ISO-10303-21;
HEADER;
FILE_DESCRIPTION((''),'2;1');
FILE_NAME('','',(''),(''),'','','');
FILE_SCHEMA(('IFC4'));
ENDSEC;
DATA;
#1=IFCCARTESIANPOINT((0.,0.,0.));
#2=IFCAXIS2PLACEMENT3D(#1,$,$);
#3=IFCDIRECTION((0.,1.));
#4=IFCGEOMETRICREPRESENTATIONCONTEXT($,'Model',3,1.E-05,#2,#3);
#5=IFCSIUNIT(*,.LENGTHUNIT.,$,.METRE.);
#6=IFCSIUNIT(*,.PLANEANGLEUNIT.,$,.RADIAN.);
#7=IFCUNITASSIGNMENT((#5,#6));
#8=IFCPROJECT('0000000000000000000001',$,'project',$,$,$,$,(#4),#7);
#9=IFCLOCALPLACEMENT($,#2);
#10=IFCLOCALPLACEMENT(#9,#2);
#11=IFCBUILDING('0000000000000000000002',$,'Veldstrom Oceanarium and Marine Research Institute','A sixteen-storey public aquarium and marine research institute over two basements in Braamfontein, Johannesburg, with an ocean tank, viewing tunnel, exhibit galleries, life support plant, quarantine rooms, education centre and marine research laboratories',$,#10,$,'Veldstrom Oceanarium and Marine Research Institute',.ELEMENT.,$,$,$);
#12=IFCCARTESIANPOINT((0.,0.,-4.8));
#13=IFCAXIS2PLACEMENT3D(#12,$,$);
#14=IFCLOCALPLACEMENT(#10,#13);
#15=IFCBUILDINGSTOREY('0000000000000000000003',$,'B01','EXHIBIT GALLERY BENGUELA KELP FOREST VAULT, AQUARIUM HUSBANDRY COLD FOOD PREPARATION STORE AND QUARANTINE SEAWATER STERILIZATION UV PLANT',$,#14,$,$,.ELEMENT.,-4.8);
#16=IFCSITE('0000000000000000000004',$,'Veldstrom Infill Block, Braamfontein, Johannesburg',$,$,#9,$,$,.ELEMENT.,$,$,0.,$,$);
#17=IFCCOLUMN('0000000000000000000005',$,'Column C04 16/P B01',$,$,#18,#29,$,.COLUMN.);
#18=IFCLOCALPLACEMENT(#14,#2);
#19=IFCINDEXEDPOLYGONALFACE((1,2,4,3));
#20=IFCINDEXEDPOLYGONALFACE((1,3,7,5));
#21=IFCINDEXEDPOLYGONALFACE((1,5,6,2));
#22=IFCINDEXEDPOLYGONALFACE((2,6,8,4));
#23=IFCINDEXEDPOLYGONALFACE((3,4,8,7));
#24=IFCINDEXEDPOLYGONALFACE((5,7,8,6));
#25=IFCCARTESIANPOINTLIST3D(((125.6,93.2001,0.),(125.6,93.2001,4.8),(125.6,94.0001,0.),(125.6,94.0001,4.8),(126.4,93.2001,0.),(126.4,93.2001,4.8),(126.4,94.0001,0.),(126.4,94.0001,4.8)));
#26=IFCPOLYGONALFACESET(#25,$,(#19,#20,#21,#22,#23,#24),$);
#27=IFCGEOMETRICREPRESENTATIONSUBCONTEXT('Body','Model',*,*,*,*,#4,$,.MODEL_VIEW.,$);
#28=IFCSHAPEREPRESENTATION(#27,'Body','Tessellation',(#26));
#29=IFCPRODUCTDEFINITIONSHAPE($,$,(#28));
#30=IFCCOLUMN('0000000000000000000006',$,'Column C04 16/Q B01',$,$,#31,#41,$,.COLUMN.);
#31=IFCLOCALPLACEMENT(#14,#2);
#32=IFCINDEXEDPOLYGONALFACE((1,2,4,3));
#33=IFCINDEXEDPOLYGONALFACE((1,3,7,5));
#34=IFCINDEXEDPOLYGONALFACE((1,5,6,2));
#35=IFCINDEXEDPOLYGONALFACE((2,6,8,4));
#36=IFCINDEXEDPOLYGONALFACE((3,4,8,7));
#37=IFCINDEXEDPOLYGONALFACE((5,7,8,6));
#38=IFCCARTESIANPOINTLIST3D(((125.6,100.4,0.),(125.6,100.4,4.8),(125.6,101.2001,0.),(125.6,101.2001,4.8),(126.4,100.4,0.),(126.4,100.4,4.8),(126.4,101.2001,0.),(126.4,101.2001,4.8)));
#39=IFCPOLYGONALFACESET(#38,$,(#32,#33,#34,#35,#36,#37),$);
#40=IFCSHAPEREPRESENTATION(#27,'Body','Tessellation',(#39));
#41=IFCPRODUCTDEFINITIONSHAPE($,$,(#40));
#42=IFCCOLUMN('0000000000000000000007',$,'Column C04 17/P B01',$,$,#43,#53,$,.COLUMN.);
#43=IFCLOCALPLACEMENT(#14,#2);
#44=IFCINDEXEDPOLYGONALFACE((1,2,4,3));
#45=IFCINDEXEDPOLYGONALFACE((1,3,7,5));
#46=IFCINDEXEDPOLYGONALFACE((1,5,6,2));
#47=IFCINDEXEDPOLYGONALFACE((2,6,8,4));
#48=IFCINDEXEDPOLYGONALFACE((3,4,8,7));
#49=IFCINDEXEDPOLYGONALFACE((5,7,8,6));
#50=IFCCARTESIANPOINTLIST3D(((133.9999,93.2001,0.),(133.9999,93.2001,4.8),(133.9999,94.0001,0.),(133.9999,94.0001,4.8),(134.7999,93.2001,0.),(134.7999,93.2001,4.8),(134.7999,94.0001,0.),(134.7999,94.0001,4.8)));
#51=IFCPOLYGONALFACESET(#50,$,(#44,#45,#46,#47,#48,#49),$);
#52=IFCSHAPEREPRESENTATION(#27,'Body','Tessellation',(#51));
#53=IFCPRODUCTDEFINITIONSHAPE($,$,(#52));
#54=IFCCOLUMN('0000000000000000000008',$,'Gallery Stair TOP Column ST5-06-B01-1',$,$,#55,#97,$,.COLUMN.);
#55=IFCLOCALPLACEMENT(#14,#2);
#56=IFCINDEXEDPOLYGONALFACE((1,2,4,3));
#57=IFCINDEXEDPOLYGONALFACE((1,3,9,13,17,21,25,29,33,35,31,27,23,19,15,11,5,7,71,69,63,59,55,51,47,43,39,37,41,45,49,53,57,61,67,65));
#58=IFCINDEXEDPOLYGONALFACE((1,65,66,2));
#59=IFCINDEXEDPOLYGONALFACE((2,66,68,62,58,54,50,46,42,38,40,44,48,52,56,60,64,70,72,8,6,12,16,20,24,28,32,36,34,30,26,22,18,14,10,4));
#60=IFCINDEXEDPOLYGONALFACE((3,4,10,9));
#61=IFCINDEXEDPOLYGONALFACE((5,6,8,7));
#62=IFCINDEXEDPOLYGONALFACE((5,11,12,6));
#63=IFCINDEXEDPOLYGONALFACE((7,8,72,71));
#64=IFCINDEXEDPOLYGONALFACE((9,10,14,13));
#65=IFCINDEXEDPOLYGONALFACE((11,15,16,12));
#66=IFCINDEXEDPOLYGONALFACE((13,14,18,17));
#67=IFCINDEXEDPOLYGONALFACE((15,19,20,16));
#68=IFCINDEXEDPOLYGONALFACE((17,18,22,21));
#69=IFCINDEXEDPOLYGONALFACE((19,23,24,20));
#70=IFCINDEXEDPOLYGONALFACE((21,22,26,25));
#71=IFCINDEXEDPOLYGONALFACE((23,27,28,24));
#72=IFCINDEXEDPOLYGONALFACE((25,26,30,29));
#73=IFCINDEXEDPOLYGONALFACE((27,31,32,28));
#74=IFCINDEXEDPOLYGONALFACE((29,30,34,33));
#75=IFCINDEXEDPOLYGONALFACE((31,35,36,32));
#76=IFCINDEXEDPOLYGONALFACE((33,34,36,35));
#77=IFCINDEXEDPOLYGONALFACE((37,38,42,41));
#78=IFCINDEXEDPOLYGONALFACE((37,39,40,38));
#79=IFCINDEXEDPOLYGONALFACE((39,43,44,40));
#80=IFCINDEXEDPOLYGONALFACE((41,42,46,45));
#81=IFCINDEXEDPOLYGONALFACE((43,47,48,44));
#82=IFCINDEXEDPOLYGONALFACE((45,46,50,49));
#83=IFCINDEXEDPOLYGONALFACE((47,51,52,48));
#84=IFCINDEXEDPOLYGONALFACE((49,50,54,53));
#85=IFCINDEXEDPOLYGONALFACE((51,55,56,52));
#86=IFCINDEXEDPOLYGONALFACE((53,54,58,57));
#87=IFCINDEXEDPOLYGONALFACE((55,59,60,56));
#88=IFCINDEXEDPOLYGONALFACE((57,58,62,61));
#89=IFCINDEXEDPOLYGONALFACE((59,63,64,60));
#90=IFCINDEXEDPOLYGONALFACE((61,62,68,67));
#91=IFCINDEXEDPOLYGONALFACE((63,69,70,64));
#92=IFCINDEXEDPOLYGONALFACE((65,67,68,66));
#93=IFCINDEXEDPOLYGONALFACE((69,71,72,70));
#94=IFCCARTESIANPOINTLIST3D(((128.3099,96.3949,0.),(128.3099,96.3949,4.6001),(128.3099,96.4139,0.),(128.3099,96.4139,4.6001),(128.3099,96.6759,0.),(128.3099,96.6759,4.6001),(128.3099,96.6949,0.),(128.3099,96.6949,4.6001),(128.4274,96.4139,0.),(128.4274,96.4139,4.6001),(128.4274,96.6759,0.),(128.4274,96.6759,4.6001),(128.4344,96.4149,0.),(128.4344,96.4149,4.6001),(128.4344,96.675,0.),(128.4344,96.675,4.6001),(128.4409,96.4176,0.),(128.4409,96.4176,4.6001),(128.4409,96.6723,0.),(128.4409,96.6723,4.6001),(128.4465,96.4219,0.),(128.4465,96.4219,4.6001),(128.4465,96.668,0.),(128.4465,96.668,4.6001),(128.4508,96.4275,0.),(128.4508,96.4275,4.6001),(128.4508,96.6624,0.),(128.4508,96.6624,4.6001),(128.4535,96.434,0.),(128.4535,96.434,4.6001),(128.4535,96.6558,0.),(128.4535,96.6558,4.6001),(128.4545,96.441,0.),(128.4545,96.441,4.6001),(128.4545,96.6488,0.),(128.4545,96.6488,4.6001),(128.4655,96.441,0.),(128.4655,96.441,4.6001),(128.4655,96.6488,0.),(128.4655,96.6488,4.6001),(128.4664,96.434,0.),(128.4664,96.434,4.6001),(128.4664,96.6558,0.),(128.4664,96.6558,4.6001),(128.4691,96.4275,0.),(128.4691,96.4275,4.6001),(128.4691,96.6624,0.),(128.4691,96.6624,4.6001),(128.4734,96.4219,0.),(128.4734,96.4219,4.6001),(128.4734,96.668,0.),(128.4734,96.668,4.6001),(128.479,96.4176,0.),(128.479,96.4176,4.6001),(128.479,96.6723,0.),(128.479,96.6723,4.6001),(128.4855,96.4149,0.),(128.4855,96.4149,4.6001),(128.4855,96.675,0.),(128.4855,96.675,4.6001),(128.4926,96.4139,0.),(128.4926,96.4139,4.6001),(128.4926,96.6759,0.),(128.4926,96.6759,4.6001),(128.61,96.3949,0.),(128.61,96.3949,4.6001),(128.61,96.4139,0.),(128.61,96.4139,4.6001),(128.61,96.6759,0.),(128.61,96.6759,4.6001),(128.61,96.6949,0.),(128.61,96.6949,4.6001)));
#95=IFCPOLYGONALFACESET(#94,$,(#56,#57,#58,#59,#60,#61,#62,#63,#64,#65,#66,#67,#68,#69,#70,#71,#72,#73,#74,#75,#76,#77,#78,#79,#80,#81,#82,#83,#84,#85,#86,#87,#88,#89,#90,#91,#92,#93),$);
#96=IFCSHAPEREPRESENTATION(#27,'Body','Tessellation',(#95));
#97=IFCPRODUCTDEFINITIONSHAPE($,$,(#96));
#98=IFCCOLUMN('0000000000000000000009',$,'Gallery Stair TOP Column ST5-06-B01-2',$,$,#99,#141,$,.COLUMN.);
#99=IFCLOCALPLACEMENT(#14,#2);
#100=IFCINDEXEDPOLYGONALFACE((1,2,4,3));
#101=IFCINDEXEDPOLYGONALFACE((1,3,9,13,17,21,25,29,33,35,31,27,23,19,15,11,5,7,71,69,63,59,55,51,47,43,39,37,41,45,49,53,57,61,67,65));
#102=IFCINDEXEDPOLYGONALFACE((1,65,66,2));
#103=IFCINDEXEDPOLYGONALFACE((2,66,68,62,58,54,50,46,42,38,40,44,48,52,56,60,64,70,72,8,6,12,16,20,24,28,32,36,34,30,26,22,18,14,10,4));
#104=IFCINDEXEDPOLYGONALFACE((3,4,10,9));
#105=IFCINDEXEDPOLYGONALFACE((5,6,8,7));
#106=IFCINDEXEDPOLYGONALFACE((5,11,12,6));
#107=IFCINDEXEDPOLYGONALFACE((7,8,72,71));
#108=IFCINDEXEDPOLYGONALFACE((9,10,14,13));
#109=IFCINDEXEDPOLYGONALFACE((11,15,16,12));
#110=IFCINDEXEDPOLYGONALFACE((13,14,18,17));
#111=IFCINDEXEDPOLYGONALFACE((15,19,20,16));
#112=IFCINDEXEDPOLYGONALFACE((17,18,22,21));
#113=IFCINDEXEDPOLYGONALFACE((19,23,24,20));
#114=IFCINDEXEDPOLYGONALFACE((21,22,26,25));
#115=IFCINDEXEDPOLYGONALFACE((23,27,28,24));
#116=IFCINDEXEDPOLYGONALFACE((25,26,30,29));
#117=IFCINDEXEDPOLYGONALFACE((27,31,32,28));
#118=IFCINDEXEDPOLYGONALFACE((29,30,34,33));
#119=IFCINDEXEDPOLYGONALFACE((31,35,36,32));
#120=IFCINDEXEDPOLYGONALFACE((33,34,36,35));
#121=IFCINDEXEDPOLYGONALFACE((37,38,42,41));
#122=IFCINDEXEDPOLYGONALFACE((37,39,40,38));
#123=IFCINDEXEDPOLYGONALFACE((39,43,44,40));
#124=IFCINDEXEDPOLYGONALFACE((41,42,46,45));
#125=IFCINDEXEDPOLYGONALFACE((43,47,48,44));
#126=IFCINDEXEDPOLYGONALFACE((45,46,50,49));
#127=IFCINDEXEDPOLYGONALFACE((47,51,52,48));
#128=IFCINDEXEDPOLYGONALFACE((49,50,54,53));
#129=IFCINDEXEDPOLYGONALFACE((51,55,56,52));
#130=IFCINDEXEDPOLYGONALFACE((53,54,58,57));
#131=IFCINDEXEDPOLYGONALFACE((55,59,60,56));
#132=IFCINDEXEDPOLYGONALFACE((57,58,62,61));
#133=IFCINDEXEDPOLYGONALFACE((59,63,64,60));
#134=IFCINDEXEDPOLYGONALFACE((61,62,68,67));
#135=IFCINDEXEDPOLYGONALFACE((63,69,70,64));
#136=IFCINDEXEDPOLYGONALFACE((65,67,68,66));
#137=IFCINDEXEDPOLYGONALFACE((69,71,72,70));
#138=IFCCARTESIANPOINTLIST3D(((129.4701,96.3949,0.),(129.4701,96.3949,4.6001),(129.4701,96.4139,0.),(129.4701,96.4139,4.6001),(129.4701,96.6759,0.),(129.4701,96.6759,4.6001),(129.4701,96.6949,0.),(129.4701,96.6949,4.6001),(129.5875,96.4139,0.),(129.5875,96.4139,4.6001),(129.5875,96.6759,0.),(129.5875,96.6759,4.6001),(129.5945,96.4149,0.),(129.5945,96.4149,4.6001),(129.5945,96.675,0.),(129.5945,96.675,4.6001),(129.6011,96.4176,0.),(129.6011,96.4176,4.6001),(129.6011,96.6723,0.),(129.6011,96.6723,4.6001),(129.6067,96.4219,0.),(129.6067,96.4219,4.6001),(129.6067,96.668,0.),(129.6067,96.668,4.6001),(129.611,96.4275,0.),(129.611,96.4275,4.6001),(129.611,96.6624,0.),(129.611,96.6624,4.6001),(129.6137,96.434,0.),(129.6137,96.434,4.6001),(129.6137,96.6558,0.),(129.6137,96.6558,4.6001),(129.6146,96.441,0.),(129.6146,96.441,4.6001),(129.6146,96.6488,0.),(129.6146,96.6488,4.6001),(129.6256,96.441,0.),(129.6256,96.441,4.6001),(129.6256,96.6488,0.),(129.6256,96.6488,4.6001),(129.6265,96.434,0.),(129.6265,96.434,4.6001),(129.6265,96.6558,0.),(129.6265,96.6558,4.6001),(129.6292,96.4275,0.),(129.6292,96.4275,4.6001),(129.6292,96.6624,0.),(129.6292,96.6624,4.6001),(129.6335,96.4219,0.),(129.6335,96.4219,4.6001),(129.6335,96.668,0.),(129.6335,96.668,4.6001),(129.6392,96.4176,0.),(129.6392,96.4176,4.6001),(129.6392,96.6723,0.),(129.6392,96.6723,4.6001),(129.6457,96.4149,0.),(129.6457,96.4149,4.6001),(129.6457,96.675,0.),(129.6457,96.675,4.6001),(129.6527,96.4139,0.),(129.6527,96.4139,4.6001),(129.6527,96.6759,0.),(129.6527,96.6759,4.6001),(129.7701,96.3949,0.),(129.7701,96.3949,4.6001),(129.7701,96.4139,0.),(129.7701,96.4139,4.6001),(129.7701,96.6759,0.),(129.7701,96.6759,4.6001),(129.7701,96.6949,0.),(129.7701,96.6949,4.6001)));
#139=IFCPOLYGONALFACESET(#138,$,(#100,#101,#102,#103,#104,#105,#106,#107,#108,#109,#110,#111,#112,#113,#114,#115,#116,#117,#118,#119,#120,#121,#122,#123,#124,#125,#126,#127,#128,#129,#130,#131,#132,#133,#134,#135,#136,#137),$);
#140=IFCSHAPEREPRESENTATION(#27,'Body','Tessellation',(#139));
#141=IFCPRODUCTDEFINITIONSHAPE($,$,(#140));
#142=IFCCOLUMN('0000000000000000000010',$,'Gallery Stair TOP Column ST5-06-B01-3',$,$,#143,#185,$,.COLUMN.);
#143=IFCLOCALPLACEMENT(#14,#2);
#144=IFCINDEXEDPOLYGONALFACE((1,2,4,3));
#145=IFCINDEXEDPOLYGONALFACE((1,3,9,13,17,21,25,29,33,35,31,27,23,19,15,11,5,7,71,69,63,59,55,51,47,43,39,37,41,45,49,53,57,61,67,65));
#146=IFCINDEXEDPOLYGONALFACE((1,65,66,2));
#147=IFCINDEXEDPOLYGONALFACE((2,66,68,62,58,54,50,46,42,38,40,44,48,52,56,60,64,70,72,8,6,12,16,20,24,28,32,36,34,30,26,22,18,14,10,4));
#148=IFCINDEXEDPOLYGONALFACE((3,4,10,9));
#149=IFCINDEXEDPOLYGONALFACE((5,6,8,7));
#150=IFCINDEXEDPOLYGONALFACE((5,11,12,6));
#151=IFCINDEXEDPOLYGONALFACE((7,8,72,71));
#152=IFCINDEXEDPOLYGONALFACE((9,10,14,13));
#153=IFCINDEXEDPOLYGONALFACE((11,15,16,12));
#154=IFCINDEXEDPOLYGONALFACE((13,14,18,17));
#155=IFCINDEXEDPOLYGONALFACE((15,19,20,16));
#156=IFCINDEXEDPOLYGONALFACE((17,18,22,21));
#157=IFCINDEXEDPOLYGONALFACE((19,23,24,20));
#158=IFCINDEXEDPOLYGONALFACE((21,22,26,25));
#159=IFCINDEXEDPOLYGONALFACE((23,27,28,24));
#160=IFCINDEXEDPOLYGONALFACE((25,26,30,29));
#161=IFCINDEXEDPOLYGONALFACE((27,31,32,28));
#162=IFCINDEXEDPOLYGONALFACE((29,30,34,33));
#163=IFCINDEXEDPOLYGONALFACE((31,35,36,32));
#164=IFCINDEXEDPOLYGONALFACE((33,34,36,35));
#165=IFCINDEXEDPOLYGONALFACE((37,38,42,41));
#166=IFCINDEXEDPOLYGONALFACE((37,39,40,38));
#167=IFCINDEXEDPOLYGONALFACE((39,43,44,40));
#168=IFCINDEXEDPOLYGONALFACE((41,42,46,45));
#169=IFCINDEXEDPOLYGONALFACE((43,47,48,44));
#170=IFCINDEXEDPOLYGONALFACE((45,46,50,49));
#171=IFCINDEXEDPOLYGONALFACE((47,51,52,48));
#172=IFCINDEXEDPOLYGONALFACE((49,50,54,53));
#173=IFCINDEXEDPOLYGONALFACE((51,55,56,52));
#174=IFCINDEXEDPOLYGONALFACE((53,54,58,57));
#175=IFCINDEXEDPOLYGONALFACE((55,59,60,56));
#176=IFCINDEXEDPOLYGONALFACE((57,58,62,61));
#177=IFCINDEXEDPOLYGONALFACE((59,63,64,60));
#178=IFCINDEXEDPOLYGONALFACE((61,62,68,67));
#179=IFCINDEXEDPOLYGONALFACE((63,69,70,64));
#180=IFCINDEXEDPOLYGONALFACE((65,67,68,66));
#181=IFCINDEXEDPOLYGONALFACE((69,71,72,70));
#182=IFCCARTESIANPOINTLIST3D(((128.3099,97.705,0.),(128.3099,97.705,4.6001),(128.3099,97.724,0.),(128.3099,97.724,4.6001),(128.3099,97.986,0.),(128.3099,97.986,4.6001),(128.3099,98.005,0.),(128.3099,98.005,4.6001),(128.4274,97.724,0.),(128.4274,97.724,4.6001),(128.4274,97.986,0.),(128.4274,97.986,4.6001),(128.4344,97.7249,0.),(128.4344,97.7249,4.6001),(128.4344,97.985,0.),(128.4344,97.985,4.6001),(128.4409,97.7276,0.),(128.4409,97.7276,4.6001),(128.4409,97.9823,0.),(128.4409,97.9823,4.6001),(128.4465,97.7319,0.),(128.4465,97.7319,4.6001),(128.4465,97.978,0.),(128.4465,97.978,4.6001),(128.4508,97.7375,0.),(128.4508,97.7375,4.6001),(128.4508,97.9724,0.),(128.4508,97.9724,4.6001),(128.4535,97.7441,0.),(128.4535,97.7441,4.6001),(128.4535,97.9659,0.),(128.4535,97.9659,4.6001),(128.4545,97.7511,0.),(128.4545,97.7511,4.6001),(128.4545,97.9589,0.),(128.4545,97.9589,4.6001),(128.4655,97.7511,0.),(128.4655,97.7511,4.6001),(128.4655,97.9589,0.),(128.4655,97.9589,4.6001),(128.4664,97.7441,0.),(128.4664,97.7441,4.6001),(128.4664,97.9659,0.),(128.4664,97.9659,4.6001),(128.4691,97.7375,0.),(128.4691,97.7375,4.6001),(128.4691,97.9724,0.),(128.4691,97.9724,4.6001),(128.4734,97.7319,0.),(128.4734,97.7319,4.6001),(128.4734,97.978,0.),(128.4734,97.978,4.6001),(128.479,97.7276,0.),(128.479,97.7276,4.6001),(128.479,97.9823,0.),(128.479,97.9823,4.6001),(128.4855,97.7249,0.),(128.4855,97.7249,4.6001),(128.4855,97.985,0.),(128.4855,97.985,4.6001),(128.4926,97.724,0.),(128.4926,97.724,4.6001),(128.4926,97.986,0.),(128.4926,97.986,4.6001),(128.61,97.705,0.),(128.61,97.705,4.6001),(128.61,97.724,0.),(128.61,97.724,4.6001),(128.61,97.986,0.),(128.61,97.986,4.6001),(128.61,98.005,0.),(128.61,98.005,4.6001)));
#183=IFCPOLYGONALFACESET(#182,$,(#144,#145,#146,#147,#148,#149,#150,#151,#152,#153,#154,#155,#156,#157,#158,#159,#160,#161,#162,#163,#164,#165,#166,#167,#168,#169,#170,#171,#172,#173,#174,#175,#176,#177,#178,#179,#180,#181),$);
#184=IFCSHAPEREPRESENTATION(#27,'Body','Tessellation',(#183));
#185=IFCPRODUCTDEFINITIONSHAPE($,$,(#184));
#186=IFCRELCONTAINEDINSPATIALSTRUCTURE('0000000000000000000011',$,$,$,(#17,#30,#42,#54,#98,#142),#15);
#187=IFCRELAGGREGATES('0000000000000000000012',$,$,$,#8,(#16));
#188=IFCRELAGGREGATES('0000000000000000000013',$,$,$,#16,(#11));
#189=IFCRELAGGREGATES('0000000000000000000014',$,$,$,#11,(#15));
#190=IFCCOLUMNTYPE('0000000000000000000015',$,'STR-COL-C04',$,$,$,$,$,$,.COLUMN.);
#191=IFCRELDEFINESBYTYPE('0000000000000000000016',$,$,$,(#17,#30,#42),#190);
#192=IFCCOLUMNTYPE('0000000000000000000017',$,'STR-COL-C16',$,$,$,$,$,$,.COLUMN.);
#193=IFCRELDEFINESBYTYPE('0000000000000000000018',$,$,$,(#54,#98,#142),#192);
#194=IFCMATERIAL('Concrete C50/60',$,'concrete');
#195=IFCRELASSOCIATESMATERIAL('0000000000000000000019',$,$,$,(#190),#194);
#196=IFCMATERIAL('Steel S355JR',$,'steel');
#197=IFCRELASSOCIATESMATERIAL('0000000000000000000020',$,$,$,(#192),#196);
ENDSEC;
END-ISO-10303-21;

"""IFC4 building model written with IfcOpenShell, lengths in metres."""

from ifc_helpers import new_model, si_unit, direction, frame, origin, origin_2d, place, context, subcontext, project, spatial, rectangle, i_section, extrude, material, material_profile, profile_set, type_object, element, save


model = new_model("IFC4")

# Units and contexts
model_context = context("Model", 3, precision=1e-05, world=origin(), true_north=direction((0.0, 1.0)))
body_context = subcontext(model_context, "Body", "Model", "MODEL_VIEW")
ifc_project = project(units=[si_unit("LENGTHUNIT", "METRE"), si_unit("PLANEANGLEUNIT", "RADIAN")], contexts=[model_context])

# Site, building, storey
site_placement = place(None, origin())
site = spatial("IfcSite", under=ifc_project, at=site_placement, Name="Veldstrom Infill Block, Braamfontein, Johannesburg", CompositionType="ELEMENT", RefElevation=0.0)
building_placement = place(site_placement, origin())
building = spatial("IfcBuilding", under=site, at=building_placement, Name="Veldstrom Oceanarium and Marine Research Institute", Description="A sixteen-storey public aquarium and marine research institute over two basements in Braamfontein, Johannesburg, with an ocean tank, viewing tunnel, exhibit galleries, life support plant, quarantine rooms, education centre and marine research laboratories", LongName="Veldstrom Oceanarium and Marine Research Institute", CompositionType="ELEMENT")
storey_placement = place(building_placement, frame((0.0, 0.0, -4.8)))
storey = spatial("IfcBuildingStorey", under=building, at=storey_placement, Name="B01", Description="EXHIBIT GALLERY BENGUELA KELP FOREST VAULT, AQUARIUM HUSBANDRY COLD FOOD PREPARATION STORE AND QUARANTINE SEAWATER STERILIZATION UV PLANT", CompositionType="ELEMENT", Elevation=-4.8)

# Columns
ifc_material_1 = material(Name="Concrete C50/60", Category="concrete")
ifc_material_profile_1 = material_profile(ifc_material_1, rectangle(XDim=0.8, YDim=0.8, at=origin_2d()), Name="RC-COL-800x800")
ifc_profile_set_1 = profile_set([ifc_material_profile_1], Name="Concrete C50/60")
column_type_1 = type_object("IfcColumnType", Name="STR-COL-C04", PredefinedType="COLUMN", material=ifc_profile_set_1)
for number, where, z_axis, x_axis, name in (
    (1, (126.0, 93.6001, 0.0), (0.0, 0.0, 1.0), (1.0, 0.0, 0.0), "Column C04 16/P B01"),
    (2, (126.0, 100.8, 0.0), (0.0, 0.0, 1.0), (1.0, 0.0, 0.0), "Column C04 16/Q B01"),
    (3, (134.3999, 93.6001, 0.0), (0.0, 0.0, 1.0), (1.0, 0.0, 0.0), "Column C04 17/P B01"),
):
    element("IfcColumn", number, at=place(storey_placement, frame(where, z_axis=z_axis, x_axis=x_axis)), inside=storey, type_object=column_type_1, Name=name, PredefinedType="COLUMN", context=body_context, shape_type="SweptSolid", body=[
        extrude(rectangle(XDim=0.8, YDim=0.8, at=origin_2d()), origin(), (0.0, 0.0, 1.0), 4.8),
    ])
ifc_material_2 = material(Name="Steel S355JR", Category="steel")
ifc_material_profile_2 = material_profile(ifc_material_2, i_section(OverallWidth=0.3, OverallDepth=0.3, WebThickness=0.011, FlangeThickness=0.019, FilletRadius=0.0271, at=origin_2d()), Name="HEB 300")
ifc_profile_set_2 = profile_set([ifc_material_profile_2], Name="Steel S355JR")
column_type_2 = type_object("IfcColumnType", Name="STR-COL-C16", PredefinedType="COLUMN", material=ifc_profile_set_2)
for number, where, z_axis, x_axis, name in (
    (4, (128.46, 96.5449, 0.0), (0.0, 0.0, 1.0), (1.0, 0.0, 0.0), "Gallery Stair TOP Column ST5-06-B01-1"),
    (5, (129.6201, 96.5449, 0.0), (0.0, 0.0, 1.0), (1.0, 0.0, 0.0), "Gallery Stair TOP Column ST5-06-B01-2"),
    (6, (128.46, 97.855, 0.0), (0.0, 0.0, 1.0), (1.0, 0.0, 0.0), "Gallery Stair TOP Column ST5-06-B01-3"),
):
    element("IfcColumn", number, at=place(storey_placement, frame(where, z_axis=z_axis, x_axis=x_axis)), inside=storey, type_object=column_type_2, Name=name, PredefinedType="COLUMN", context=body_context, shape_type="SweptSolid", body=[
        extrude(i_section(OverallWidth=0.3, OverallDepth=0.3, WebThickness=0.011, FlangeThickness=0.019, FilletRadius=0.0271, at=origin_2d()), origin(), (0.0, 0.0, 1.0), 4.6001),
    ])

save(model, "model.ifc")
